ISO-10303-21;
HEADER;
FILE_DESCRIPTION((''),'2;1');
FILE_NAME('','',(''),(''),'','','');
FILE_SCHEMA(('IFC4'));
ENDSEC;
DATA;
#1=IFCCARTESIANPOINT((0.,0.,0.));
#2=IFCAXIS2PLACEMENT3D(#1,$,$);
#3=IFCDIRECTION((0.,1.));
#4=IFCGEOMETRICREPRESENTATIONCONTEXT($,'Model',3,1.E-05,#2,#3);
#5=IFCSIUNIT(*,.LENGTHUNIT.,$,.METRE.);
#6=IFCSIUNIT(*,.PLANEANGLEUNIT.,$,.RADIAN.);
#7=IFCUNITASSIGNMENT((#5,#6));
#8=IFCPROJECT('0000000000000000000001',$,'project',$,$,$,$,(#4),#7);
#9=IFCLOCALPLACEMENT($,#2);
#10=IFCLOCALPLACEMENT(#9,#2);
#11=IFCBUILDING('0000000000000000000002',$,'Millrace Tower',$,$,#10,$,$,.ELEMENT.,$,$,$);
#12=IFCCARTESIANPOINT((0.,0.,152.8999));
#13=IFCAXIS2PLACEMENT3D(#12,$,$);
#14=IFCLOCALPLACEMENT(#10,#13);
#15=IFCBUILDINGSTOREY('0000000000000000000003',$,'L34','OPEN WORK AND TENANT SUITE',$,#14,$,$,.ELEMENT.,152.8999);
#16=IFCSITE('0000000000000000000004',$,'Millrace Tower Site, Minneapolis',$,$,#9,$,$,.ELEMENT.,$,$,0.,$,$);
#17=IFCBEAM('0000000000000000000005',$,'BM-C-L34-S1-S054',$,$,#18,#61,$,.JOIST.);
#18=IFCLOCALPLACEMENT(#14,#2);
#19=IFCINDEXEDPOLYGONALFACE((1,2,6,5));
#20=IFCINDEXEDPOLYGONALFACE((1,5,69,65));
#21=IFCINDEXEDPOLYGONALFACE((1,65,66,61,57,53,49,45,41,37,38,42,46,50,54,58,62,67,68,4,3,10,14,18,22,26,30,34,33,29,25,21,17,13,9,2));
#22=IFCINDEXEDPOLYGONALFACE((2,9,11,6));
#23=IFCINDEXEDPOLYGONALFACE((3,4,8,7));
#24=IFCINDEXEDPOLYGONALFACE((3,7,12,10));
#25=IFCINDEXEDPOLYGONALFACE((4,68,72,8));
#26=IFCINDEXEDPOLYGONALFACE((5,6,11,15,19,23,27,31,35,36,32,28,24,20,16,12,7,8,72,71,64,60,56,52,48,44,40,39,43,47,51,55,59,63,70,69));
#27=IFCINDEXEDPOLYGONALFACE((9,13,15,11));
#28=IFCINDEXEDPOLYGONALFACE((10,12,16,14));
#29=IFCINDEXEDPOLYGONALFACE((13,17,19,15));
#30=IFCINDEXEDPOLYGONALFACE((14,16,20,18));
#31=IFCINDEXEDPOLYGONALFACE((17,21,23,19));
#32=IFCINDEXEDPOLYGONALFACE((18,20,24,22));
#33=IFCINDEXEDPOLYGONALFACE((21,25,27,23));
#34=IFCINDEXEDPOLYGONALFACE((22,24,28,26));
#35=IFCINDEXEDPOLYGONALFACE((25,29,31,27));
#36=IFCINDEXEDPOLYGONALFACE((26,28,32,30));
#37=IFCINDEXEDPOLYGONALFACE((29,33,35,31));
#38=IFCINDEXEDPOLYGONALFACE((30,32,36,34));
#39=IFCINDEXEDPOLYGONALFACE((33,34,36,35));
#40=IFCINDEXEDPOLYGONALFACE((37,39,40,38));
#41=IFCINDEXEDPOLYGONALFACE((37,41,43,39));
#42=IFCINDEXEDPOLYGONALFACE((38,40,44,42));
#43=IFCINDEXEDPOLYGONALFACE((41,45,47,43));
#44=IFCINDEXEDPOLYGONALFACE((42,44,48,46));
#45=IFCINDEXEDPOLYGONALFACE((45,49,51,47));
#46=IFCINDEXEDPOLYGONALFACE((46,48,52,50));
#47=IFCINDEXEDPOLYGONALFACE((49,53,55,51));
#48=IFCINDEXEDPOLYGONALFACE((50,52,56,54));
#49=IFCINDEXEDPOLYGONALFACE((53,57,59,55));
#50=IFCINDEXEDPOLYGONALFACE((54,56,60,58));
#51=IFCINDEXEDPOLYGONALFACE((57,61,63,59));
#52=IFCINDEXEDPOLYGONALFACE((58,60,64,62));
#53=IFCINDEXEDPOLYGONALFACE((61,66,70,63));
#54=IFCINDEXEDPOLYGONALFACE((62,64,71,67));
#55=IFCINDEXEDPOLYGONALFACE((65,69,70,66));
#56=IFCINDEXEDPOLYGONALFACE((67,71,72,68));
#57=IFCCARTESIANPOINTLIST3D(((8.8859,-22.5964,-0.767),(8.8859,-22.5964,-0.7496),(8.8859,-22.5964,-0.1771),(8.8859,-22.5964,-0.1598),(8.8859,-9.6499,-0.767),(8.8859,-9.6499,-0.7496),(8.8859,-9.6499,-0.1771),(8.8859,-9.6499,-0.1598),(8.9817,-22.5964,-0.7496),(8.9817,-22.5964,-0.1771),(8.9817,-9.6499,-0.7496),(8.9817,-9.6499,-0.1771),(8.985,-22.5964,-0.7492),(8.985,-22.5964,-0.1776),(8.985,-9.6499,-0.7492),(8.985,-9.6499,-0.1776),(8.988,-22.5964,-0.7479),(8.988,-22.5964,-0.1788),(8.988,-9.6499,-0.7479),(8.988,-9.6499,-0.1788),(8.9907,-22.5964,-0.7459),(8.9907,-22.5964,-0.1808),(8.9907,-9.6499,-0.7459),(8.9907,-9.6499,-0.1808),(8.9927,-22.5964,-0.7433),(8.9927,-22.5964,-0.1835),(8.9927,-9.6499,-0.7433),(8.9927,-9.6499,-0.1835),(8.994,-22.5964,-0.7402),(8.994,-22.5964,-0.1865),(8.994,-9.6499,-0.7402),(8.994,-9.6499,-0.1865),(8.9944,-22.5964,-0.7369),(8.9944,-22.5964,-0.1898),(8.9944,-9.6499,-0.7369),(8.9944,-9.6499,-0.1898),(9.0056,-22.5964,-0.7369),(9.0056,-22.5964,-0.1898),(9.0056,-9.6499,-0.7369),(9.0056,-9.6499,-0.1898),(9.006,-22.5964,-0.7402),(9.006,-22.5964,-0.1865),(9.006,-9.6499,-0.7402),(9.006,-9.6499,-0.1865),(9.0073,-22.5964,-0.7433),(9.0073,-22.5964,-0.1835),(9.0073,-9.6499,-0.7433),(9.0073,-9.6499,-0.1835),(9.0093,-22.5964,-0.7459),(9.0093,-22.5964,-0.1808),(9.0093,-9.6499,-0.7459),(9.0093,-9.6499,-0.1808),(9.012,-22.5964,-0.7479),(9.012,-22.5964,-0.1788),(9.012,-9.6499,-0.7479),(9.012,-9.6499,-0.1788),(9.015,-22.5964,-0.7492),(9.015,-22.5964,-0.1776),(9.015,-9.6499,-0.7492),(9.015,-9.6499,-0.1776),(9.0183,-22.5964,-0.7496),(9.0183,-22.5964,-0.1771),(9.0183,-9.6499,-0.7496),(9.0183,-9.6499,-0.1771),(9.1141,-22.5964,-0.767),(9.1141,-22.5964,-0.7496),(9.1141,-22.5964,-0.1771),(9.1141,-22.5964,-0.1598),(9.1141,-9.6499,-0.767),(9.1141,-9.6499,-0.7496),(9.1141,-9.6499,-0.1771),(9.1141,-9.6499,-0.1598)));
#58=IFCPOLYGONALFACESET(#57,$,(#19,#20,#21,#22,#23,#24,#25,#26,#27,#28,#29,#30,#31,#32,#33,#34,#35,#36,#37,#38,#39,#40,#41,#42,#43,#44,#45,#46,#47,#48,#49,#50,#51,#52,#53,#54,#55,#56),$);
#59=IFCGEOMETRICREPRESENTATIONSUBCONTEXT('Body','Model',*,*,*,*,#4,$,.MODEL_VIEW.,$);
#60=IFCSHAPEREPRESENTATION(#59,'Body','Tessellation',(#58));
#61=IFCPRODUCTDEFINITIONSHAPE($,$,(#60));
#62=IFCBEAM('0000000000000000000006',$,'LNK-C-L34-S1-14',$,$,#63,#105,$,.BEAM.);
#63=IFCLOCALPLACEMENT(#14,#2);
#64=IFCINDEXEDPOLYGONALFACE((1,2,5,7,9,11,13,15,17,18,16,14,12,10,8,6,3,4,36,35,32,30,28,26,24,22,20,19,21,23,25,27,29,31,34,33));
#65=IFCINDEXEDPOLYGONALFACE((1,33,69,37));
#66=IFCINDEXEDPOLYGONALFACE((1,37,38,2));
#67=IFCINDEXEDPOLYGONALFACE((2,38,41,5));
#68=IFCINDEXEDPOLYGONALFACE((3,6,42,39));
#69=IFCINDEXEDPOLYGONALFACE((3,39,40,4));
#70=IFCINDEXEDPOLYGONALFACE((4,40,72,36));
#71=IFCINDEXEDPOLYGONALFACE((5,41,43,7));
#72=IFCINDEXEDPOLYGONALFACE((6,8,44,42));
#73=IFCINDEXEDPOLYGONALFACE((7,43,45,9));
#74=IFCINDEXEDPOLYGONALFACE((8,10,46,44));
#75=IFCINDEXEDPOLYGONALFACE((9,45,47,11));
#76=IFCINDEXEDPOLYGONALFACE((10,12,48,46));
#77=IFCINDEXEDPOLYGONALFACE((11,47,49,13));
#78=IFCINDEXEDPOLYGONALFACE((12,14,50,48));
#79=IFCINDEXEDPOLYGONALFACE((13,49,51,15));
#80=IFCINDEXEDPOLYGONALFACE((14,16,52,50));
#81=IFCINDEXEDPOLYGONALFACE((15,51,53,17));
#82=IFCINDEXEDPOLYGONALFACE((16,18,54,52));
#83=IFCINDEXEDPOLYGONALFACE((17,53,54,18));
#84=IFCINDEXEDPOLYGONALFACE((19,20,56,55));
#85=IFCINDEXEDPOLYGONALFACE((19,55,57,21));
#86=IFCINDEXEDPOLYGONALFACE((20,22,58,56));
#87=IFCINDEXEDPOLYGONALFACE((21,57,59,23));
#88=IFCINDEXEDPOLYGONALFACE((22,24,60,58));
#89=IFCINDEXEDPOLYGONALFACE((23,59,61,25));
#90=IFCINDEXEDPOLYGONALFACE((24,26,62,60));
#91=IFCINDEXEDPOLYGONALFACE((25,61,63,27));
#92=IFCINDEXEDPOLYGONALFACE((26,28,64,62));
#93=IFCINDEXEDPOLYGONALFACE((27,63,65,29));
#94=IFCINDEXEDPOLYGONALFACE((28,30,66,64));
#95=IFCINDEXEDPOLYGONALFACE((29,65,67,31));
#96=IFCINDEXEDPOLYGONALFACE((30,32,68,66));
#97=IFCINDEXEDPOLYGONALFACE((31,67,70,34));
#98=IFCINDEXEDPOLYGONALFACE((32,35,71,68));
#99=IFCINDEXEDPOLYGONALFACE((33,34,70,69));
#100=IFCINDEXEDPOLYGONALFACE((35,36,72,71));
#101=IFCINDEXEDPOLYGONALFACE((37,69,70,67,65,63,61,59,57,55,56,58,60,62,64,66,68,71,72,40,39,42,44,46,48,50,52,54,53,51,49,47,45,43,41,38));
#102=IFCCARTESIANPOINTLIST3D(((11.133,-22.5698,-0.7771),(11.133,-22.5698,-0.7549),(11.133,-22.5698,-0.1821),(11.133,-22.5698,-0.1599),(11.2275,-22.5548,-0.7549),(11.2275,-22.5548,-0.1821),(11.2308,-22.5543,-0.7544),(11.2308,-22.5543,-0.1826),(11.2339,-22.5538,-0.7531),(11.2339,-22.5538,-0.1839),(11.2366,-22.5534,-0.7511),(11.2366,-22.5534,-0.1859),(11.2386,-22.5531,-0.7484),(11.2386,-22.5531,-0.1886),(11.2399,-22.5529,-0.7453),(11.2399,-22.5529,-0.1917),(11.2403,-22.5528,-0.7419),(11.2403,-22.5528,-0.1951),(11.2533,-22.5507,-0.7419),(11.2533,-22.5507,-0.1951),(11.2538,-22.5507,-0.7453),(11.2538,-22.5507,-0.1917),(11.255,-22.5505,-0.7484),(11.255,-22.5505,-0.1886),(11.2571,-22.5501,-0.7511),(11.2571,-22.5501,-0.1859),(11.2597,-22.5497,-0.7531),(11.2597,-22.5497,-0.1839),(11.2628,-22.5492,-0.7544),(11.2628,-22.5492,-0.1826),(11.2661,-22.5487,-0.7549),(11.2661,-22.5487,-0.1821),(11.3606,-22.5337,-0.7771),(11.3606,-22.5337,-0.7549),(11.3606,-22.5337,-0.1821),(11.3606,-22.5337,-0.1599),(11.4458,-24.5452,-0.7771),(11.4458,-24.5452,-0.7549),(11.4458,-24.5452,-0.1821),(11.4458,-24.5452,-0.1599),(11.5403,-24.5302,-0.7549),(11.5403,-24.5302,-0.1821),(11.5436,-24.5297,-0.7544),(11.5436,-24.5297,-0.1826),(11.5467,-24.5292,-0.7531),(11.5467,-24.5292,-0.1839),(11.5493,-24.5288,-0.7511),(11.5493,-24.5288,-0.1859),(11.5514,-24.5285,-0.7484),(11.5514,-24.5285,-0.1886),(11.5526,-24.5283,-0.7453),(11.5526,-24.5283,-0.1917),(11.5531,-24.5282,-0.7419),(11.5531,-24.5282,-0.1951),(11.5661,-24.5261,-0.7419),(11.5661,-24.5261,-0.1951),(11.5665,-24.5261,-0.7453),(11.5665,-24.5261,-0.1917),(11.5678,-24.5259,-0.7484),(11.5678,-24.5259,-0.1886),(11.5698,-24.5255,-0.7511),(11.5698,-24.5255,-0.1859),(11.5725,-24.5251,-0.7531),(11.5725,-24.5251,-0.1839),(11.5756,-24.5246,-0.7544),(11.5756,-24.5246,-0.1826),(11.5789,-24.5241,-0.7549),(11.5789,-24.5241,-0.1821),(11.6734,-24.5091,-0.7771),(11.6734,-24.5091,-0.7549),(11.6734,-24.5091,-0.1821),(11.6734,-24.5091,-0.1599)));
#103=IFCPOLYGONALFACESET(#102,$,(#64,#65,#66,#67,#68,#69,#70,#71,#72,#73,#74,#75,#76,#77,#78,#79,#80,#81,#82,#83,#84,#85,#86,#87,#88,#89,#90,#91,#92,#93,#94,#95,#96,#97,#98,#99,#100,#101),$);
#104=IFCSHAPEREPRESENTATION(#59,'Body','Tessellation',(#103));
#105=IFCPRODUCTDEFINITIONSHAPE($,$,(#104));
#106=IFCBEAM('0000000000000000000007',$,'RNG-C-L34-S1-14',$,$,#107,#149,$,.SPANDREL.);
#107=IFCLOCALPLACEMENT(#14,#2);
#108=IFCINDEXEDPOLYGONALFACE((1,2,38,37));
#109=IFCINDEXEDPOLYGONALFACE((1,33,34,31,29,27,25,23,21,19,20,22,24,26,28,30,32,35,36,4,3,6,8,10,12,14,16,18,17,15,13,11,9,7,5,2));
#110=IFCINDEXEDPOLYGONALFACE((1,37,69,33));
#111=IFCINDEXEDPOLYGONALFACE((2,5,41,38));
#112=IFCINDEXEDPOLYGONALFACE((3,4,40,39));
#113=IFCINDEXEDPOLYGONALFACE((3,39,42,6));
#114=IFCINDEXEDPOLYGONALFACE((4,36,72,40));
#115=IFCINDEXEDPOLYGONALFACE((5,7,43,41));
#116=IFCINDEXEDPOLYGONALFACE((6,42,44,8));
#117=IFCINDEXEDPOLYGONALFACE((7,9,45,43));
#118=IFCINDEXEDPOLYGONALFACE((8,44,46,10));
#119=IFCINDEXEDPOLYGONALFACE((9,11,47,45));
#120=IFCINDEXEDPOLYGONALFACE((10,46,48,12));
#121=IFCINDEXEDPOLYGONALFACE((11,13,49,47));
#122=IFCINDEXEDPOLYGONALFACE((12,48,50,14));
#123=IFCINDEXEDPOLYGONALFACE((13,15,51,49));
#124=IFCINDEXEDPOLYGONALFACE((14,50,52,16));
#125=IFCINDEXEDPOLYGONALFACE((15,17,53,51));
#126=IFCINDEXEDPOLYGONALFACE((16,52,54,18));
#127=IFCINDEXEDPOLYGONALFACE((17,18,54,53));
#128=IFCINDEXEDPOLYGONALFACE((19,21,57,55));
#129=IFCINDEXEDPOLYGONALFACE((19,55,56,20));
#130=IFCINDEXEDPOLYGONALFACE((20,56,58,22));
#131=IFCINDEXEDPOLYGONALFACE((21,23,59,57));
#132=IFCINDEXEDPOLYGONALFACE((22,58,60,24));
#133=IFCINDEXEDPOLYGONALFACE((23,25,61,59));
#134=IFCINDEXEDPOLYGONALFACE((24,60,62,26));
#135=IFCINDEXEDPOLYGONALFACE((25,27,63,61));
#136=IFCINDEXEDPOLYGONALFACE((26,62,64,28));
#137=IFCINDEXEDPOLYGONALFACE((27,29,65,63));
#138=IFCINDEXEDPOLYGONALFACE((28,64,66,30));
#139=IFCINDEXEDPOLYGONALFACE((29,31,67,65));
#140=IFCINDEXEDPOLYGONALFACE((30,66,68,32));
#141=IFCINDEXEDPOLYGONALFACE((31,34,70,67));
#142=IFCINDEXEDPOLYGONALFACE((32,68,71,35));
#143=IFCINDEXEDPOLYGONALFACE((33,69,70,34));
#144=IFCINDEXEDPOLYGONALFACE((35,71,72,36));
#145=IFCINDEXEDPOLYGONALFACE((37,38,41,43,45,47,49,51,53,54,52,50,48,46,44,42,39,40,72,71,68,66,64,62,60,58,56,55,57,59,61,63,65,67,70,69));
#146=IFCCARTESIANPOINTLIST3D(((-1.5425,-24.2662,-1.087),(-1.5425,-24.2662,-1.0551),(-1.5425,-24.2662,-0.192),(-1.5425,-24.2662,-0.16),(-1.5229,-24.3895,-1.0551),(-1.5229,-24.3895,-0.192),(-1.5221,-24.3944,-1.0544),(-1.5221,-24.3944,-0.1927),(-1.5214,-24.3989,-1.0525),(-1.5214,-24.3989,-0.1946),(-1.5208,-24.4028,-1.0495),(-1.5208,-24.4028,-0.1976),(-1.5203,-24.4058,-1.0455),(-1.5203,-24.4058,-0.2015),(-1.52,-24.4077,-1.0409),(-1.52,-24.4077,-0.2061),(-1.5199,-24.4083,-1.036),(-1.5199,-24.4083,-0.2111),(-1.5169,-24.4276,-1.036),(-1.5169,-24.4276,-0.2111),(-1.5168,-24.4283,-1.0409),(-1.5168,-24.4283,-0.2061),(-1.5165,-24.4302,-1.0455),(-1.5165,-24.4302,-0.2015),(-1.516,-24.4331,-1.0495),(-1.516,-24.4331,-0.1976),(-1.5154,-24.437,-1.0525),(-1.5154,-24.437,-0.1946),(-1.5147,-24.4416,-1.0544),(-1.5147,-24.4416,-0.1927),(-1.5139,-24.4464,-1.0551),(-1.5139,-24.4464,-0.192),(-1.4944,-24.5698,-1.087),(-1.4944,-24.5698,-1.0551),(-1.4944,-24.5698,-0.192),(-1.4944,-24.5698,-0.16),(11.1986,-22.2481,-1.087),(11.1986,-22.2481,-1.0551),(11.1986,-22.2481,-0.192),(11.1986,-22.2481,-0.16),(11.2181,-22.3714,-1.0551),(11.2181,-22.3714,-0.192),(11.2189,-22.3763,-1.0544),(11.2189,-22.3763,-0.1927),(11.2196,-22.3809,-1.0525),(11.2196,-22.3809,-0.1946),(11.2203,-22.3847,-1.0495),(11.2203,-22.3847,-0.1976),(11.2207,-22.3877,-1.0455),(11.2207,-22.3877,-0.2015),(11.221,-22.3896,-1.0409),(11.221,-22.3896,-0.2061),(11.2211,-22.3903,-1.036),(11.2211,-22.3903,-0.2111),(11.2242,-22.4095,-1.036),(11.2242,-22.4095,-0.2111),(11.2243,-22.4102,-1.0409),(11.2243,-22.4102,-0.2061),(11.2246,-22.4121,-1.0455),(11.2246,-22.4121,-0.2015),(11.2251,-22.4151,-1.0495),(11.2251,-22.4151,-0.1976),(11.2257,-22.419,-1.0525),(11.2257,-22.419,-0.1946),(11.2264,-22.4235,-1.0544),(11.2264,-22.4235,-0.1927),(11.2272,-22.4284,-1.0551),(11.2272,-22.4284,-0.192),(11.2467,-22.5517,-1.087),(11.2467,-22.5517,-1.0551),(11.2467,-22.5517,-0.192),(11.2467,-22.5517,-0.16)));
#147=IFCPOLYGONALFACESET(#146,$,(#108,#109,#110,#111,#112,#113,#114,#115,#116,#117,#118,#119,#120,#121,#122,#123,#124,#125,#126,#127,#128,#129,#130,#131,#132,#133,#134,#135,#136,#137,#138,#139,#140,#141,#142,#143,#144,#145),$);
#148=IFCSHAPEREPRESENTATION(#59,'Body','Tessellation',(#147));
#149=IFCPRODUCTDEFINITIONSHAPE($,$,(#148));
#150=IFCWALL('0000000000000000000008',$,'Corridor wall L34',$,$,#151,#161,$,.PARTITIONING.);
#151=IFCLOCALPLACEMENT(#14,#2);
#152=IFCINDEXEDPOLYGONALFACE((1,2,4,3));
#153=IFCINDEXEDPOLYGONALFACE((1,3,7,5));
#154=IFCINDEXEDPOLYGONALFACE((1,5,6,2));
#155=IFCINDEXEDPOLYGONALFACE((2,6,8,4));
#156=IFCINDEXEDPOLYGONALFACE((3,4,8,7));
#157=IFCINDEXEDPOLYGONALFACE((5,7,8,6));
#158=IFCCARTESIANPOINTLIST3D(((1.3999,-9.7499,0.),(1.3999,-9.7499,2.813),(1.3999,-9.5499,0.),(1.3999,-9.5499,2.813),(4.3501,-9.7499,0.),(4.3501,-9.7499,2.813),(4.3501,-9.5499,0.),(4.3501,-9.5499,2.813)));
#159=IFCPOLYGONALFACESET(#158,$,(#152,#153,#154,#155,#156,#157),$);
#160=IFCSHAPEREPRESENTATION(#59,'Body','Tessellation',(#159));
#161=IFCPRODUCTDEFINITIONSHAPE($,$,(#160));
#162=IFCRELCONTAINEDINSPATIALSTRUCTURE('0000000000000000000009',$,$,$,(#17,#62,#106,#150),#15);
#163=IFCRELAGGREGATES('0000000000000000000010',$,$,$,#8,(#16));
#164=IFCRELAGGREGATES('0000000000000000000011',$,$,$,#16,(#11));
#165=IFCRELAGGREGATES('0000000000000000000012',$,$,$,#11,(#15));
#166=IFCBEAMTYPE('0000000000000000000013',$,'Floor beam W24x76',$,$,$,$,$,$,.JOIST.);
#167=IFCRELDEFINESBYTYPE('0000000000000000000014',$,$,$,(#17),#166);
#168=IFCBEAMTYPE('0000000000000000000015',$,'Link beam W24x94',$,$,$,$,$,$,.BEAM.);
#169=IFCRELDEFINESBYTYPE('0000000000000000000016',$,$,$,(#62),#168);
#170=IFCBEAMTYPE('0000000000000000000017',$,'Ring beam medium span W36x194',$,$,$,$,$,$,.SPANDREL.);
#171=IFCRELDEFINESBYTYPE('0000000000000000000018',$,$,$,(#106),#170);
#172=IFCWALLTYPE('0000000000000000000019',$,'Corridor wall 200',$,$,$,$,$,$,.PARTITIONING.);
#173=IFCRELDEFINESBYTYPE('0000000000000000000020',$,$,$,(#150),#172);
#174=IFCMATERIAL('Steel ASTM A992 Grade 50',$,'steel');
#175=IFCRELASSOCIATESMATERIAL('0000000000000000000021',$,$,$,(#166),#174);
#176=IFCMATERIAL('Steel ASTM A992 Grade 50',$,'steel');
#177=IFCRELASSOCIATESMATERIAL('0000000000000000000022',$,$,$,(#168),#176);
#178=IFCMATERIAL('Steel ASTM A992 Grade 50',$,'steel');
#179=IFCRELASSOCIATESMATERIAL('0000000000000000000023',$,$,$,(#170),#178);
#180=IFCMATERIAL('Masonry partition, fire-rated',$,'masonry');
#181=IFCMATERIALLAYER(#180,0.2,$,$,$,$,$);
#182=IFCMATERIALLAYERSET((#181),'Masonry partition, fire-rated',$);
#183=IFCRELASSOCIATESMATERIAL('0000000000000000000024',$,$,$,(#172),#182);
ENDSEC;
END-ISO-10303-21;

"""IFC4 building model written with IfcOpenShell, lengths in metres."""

from ifc_helpers import new_model, si_unit, direction, frame, frame_2d, origin, origin_2d, place, context, subcontext, project, spatial, rectangle, i_section, extrude, material, layer, layer_set, material_profile, profile_set, type_object, element, save


model = new_model("IFC4")

# Units and contexts
model_context = context("Model", 3, precision=1e-05, world=origin(), true_north=direction((0.0, 1.0)))
body_context = subcontext(model_context, "Body", "Model", "MODEL_VIEW")
ifc_project = project(units=[si_unit("LENGTHUNIT", "METRE"), si_unit("PLANEANGLEUNIT", "RADIAN")], contexts=[model_context])

# Site, building, storey
site_placement = place(None, origin())
site = spatial("IfcSite", under=ifc_project, at=site_placement, Name="Millrace Tower Site, Minneapolis", CompositionType="ELEMENT", RefElevation=0.0)
building_placement = place(site_placement, origin())
building = spatial("IfcBuilding", under=site, at=building_placement, Name="Millrace Tower", CompositionType="ELEMENT")
storey_placement = place(building_placement, frame((0.0, 0.0, 152.8999)))
storey = spatial("IfcBuildingStorey", under=building, at=storey_placement, Name="L34", Description="OPEN WORK AND TENANT SUITE", CompositionType="ELEMENT", Elevation=152.8999)

# Beams
ifc_material_1 = material(Name="Steel ASTM A992 Grade 50", Category="steel")
ifc_material_profile_1 = material_profile(ifc_material_1, i_section(OverallWidth=0.2283, OverallDepth=0.6072, WebThickness=0.0112, FlangeThickness=0.0173, FilletRadius=0.0127, at=origin_2d()))
ifc_profile_set_1 = profile_set([ifc_material_profile_1], Name="Steel ASTM A992 Grade 50")
beam_type_1 = type_object("IfcBeamType", Name="Floor beam W24x76", PredefinedType="JOIST", material=ifc_profile_set_1)
beam_1_placement = place(storey_placement, frame((9.0, -22.5964, -0.4634), z_axis=(0.0, 1.0, 0.0), x_axis=(-1.0, 0.0, 0.0)))
element("IfcBeam", 1, at=beam_1_placement, inside=storey, type_object=beam_type_1, Name="BM-C-L34-S1-S054", PredefinedType="JOIST", context=body_context, shape_type="SweptSolid", body=[
    extrude(i_section(OverallWidth=0.2283, OverallDepth=0.6072, WebThickness=0.0112, FlangeThickness=0.0173, FilletRadius=0.0127, at=origin_2d()), origin(), (0.0, 0.0, 1.0), 12.9465),
])
ifc_material_2 = material(Name="Steel ASTM A992 Grade 50", Category="steel")
ifc_material_profile_2 = material_profile(ifc_material_2, i_section(OverallWidth=0.2305, OverallDepth=0.6172, WebThickness=0.0132, FlangeThickness=0.0222, FilletRadius=0.0129, at=origin_2d()))
ifc_profile_set_2 = profile_set([ifc_material_profile_2], Name="Steel ASTM A992 Grade 50")
beam_type_2 = type_object("IfcBeamType", Name="Link beam W24x94", PredefinedType="BEAM", material=ifc_profile_set_2)
beam_2_placement = place(storey_placement, frame((11.2468, -22.5518, -0.4685), z_axis=(0.156376, -0.987698, 0.0), x_axis=(0.987698, 0.156376, 0.0)))
element("IfcBeam", 2, at=beam_2_placement, inside=storey, type_object=beam_type_2, Name="LNK-C-L34-S1-14", PredefinedType="BEAM", context=body_context, shape_type="SweptSolid", body=[
    extrude(i_section(OverallWidth=0.2305, OverallDepth=0.6172, WebThickness=0.0132, FlangeThickness=0.0222, FilletRadius=0.0129, at=origin_2d()), origin(), (0.0, 0.0, 1.0), 2.0),
])
ifc_material_3 = material(Name="Steel ASTM A992 Grade 50", Category="steel")
ifc_material_profile_3 = material_profile(ifc_material_3, i_section(OverallWidth=0.3074, OverallDepth=0.927, WebThickness=0.0195, FlangeThickness=0.032, FilletRadius=0.019, at=origin_2d()))
ifc_profile_set_3 = profile_set([ifc_material_profile_3], Name="Steel ASTM A992 Grade 50")
beam_type_3 = type_object("IfcBeamType", Name="Ring beam medium span W36x194", PredefinedType="SPANDREL", material=ifc_profile_set_3)
beam_3_placement = place(storey_placement, frame((11.2227, -22.3999, -0.6235), z_axis=(-0.987687, -0.156442, 0.0), x_axis=(0.156442, -0.987687, 0.0)))
element("IfcBeam", 3, at=beam_3_placement, inside=storey, type_object=beam_type_3, Name="RNG-C-L34-S1-14", PredefinedType="SPANDREL", context=body_context, shape_type="SweptSolid", body=[
    extrude(i_section(OverallWidth=0.3074, OverallDepth=0.927, WebThickness=0.0195, FlangeThickness=0.032, FilletRadius=0.019, at=origin_2d()), origin(), (0.0, 0.0, 1.0), 12.8999),
])

# Wall
ifc_material_4 = material(Name="Masonry partition, fire-rated", Category="masonry")
ifc_layer_1 = layer(ifc_material_4, 0.2)
ifc_layer_set_1 = layer_set([ifc_layer_1], Name="Masonry partition, fire-rated")
wall_type = type_object("IfcWallType", Name="Corridor wall 200", PredefinedType="PARTITIONING", material=ifc_layer_set_1)
wall_1_placement = place(storey_placement, frame((1.3999, -9.6499, 0.0), z_axis=(0.0, 0.0, 1.0), x_axis=(1.0, 0.0, 0.0)))
element("IfcWall", 4, at=wall_1_placement, inside=storey, type_object=wall_type, Name="Corridor wall L34", PredefinedType="PARTITIONING", context=body_context, shape_type="SweptSolid", body=[
    extrude(rectangle(XDim=2.9502, YDim=0.2, at=frame_2d((1.4751, 0.0))), origin(), (0.0, 0.0, 1.0), 2.813),
])

save(model, "model.ifc")
